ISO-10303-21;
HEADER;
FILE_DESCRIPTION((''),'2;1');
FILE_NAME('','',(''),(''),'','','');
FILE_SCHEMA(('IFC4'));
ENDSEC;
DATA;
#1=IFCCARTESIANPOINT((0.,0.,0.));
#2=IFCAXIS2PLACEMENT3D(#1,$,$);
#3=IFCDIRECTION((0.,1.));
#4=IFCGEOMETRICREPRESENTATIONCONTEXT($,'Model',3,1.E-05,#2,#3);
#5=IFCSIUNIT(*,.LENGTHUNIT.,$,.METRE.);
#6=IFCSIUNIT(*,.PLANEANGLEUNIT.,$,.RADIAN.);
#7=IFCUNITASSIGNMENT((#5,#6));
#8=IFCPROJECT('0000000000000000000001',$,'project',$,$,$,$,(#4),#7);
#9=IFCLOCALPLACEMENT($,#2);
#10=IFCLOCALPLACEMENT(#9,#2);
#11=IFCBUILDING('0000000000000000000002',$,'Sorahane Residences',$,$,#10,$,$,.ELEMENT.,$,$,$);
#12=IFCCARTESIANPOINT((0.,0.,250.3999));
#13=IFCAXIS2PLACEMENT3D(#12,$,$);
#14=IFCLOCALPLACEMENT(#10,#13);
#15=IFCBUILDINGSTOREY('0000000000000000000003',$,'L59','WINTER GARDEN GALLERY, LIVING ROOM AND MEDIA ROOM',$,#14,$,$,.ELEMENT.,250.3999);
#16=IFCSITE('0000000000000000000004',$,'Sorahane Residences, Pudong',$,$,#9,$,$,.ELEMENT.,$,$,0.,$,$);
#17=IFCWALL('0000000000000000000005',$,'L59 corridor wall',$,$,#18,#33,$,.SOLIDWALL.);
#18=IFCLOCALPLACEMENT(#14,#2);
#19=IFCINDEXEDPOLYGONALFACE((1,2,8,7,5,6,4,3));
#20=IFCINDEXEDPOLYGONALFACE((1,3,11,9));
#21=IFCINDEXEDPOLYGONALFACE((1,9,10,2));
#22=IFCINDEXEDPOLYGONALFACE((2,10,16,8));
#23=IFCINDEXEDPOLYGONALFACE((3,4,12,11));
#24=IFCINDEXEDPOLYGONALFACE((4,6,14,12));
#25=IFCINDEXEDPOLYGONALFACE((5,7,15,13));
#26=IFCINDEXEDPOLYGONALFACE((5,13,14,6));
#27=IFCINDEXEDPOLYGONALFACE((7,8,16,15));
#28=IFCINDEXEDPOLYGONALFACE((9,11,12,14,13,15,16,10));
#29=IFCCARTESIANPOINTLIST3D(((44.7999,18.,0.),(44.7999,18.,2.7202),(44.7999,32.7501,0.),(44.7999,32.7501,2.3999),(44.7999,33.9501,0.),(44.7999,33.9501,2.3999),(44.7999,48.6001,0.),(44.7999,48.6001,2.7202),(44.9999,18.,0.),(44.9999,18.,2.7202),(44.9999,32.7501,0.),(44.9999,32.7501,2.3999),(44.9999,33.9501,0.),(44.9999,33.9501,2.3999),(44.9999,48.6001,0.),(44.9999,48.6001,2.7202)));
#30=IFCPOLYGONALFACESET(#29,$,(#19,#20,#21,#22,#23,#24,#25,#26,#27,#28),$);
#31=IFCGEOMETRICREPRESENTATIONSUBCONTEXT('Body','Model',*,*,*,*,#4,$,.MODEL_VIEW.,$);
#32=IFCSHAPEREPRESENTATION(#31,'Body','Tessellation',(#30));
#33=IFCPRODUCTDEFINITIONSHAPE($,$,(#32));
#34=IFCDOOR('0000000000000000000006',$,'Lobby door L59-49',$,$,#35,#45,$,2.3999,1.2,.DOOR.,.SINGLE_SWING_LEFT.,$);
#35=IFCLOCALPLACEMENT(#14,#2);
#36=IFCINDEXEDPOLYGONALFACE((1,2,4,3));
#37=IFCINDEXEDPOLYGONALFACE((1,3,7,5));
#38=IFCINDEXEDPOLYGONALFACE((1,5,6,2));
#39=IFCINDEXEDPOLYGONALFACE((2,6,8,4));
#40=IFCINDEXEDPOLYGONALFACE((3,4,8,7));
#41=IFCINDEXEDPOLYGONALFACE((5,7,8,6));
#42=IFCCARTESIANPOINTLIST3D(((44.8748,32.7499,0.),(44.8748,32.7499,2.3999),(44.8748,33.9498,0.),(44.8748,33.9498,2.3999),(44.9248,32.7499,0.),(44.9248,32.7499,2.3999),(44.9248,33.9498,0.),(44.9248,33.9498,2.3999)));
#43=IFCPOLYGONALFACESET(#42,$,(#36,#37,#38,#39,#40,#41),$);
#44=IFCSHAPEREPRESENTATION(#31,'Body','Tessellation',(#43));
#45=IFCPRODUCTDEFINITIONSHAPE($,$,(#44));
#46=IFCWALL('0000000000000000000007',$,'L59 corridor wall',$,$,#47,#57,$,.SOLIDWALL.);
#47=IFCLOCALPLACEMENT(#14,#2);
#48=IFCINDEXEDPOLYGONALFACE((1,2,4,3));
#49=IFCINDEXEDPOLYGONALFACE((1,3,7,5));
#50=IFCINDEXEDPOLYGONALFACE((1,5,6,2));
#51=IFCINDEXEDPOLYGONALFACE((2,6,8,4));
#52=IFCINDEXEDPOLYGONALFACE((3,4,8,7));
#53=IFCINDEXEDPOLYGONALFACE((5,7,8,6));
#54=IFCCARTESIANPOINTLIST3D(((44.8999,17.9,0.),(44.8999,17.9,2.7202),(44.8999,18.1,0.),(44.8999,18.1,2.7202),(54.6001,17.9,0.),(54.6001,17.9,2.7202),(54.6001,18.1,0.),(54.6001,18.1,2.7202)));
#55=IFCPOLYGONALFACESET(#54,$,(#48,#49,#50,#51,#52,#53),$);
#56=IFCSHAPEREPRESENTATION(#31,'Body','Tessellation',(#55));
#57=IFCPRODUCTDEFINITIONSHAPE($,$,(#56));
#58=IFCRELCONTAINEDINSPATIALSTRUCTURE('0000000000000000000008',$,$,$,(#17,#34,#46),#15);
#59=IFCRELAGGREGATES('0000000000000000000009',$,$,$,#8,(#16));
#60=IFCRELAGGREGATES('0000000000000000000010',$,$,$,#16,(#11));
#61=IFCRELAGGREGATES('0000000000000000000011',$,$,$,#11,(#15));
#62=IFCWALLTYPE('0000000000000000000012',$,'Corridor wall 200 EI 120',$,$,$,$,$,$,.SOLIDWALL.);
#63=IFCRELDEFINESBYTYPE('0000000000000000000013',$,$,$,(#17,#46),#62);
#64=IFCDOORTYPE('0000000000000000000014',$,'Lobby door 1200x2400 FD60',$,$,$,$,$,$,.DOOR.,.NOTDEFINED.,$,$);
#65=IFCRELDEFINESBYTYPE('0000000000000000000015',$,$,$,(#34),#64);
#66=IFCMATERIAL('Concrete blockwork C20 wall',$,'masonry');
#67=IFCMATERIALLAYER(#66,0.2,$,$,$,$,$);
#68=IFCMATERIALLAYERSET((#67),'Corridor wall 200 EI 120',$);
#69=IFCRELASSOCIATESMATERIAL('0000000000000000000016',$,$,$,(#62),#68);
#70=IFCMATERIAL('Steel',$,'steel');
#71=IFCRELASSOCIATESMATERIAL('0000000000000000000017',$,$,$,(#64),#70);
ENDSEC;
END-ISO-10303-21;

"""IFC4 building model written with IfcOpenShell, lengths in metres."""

from ifc_helpers import new_model, si_unit, direction, frame, frame_2d, origin, place, context, subcontext, project, spatial, rectangle, extrude, material, layer, layer_set, type_object, element, fill, save


model = new_model("IFC4")

# Units and contexts
model_context = context("Model", 3, precision=1e-05, world=origin(), true_north=direction((0.0, 1.0)))
body_context = subcontext(model_context, "Body", "Model", "MODEL_VIEW")
ifc_project = project(units=[si_unit("LENGTHUNIT", "METRE"), si_unit("PLANEANGLEUNIT", "RADIAN")], contexts=[model_context])

# Site, building, storey
site_placement = place(None, origin())
site = spatial("IfcSite", under=ifc_project, at=site_placement, Name="Sorahane Residences, Pudong", CompositionType="ELEMENT", RefElevation=0.0)
building_placement = place(site_placement, origin())
building = spatial("IfcBuilding", under=site, at=building_placement, Name="Sorahane Residences", CompositionType="ELEMENT")
storey_placement = place(building_placement, frame((0.0, 0.0, 250.3999)))
storey = spatial("IfcBuildingStorey", under=building, at=storey_placement, Name="L59", Description="WINTER GARDEN GALLERY, LIVING ROOM AND MEDIA ROOM", CompositionType="ELEMENT", Elevation=250.3999)

# Wall, opening, door
ifc_material_1 = material(Name="Concrete blockwork C20 wall", Category="masonry")
ifc_layer_1 = layer(ifc_material_1, 0.2)
ifc_layer_set_1 = layer_set([ifc_layer_1], Name="Corridor wall 200 EI 120")
wall_type = type_object("IfcWallType", Name="Corridor wall 200 EI 120", PredefinedType="SOLIDWALL", material=ifc_layer_set_1)
wall_1_placement = place(storey_placement, frame((44.8999, 18.0, 0.0), z_axis=(0.0, 0.0, 1.0), x_axis=(0.0, 1.0, 0.0)))
wall_1 = element("IfcWall", 1, at=wall_1_placement, inside=storey, type_object=wall_type, Name="L59 corridor wall", PredefinedType="SOLIDWALL", context=body_context, shape_type="SweptSolid", body=[
    extrude(rectangle(XDim=30.6001, YDim=0.2, at=frame_2d((15.3, 0.0))), origin(), (0.0, 0.0, 1.0), 2.7202),
])
opening_placement = place(wall_1_placement, frame((14.75, 0.0, 0.0)))
opening = element("IfcOpeningElement", 2, at=opening_placement, cuts=wall_1, PredefinedType="OPENING", context=body_context, shape_type="SweptSolid", body=[
    extrude(rectangle(XDim=1.2, YDim=2.3999, at=frame_2d((0.6001, 1.2))), frame((0.0, 0.1099, 0.0), z_axis=(0.0, -1.0, 0.0), x_axis=(1.0, 0.0, 0.0)), (0.0, 0.0, 1.0), 0.22),
])
ifc_material_2 = material(Name="Steel", Category="steel")
door_type = type_object("IfcDoorType", Name="Lobby door 1200x2400 FD60", OperationType="NOTDEFINED", PredefinedType="DOOR", material=ifc_material_2)
door_placement = place(opening_placement, frame((1.2, 0.0, 0.0), z_axis=(0.0, 0.0, 1.0), x_axis=(-1.0, 0.0, 0.0)))
door = element("IfcDoor", 3, at=door_placement, inside=storey, type_object=door_type, Name="Lobby door L59-49", OperationType="SINGLE_SWING_LEFT", OverallHeight=2.3999, OverallWidth=1.2, PredefinedType="DOOR", context=body_context, shape_type="SweptSolid", body=[
    extrude(rectangle(XDim=1.2, YDim=2.3999, at=frame_2d((0.6001, 1.2))), frame((0.0, 0.0249, 0.0), z_axis=(0.0, -1.0, 0.0), x_axis=(1.0, 0.0, 0.0)), (0.0, 0.0, 1.0), 0.05),
])
fill(opening, door)

# Wall
wall_2_placement = place(storey_placement, frame((44.8999, 18.0, 0.0), z_axis=(0.0, 0.0, 1.0), x_axis=(1.0, 0.0, 0.0)))
element("IfcWall", 4, at=wall_2_placement, inside=storey, type_object=wall_type, Name="L59 corridor wall", PredefinedType="SOLIDWALL", context=body_context, shape_type="SweptSolid", body=[
    extrude(rectangle(XDim=9.7002, YDim=0.2, at=frame_2d((4.8501, 0.0))), origin(), (0.0, 0.0, 1.0), 2.7202),
])

save(model, "model.ifc")
